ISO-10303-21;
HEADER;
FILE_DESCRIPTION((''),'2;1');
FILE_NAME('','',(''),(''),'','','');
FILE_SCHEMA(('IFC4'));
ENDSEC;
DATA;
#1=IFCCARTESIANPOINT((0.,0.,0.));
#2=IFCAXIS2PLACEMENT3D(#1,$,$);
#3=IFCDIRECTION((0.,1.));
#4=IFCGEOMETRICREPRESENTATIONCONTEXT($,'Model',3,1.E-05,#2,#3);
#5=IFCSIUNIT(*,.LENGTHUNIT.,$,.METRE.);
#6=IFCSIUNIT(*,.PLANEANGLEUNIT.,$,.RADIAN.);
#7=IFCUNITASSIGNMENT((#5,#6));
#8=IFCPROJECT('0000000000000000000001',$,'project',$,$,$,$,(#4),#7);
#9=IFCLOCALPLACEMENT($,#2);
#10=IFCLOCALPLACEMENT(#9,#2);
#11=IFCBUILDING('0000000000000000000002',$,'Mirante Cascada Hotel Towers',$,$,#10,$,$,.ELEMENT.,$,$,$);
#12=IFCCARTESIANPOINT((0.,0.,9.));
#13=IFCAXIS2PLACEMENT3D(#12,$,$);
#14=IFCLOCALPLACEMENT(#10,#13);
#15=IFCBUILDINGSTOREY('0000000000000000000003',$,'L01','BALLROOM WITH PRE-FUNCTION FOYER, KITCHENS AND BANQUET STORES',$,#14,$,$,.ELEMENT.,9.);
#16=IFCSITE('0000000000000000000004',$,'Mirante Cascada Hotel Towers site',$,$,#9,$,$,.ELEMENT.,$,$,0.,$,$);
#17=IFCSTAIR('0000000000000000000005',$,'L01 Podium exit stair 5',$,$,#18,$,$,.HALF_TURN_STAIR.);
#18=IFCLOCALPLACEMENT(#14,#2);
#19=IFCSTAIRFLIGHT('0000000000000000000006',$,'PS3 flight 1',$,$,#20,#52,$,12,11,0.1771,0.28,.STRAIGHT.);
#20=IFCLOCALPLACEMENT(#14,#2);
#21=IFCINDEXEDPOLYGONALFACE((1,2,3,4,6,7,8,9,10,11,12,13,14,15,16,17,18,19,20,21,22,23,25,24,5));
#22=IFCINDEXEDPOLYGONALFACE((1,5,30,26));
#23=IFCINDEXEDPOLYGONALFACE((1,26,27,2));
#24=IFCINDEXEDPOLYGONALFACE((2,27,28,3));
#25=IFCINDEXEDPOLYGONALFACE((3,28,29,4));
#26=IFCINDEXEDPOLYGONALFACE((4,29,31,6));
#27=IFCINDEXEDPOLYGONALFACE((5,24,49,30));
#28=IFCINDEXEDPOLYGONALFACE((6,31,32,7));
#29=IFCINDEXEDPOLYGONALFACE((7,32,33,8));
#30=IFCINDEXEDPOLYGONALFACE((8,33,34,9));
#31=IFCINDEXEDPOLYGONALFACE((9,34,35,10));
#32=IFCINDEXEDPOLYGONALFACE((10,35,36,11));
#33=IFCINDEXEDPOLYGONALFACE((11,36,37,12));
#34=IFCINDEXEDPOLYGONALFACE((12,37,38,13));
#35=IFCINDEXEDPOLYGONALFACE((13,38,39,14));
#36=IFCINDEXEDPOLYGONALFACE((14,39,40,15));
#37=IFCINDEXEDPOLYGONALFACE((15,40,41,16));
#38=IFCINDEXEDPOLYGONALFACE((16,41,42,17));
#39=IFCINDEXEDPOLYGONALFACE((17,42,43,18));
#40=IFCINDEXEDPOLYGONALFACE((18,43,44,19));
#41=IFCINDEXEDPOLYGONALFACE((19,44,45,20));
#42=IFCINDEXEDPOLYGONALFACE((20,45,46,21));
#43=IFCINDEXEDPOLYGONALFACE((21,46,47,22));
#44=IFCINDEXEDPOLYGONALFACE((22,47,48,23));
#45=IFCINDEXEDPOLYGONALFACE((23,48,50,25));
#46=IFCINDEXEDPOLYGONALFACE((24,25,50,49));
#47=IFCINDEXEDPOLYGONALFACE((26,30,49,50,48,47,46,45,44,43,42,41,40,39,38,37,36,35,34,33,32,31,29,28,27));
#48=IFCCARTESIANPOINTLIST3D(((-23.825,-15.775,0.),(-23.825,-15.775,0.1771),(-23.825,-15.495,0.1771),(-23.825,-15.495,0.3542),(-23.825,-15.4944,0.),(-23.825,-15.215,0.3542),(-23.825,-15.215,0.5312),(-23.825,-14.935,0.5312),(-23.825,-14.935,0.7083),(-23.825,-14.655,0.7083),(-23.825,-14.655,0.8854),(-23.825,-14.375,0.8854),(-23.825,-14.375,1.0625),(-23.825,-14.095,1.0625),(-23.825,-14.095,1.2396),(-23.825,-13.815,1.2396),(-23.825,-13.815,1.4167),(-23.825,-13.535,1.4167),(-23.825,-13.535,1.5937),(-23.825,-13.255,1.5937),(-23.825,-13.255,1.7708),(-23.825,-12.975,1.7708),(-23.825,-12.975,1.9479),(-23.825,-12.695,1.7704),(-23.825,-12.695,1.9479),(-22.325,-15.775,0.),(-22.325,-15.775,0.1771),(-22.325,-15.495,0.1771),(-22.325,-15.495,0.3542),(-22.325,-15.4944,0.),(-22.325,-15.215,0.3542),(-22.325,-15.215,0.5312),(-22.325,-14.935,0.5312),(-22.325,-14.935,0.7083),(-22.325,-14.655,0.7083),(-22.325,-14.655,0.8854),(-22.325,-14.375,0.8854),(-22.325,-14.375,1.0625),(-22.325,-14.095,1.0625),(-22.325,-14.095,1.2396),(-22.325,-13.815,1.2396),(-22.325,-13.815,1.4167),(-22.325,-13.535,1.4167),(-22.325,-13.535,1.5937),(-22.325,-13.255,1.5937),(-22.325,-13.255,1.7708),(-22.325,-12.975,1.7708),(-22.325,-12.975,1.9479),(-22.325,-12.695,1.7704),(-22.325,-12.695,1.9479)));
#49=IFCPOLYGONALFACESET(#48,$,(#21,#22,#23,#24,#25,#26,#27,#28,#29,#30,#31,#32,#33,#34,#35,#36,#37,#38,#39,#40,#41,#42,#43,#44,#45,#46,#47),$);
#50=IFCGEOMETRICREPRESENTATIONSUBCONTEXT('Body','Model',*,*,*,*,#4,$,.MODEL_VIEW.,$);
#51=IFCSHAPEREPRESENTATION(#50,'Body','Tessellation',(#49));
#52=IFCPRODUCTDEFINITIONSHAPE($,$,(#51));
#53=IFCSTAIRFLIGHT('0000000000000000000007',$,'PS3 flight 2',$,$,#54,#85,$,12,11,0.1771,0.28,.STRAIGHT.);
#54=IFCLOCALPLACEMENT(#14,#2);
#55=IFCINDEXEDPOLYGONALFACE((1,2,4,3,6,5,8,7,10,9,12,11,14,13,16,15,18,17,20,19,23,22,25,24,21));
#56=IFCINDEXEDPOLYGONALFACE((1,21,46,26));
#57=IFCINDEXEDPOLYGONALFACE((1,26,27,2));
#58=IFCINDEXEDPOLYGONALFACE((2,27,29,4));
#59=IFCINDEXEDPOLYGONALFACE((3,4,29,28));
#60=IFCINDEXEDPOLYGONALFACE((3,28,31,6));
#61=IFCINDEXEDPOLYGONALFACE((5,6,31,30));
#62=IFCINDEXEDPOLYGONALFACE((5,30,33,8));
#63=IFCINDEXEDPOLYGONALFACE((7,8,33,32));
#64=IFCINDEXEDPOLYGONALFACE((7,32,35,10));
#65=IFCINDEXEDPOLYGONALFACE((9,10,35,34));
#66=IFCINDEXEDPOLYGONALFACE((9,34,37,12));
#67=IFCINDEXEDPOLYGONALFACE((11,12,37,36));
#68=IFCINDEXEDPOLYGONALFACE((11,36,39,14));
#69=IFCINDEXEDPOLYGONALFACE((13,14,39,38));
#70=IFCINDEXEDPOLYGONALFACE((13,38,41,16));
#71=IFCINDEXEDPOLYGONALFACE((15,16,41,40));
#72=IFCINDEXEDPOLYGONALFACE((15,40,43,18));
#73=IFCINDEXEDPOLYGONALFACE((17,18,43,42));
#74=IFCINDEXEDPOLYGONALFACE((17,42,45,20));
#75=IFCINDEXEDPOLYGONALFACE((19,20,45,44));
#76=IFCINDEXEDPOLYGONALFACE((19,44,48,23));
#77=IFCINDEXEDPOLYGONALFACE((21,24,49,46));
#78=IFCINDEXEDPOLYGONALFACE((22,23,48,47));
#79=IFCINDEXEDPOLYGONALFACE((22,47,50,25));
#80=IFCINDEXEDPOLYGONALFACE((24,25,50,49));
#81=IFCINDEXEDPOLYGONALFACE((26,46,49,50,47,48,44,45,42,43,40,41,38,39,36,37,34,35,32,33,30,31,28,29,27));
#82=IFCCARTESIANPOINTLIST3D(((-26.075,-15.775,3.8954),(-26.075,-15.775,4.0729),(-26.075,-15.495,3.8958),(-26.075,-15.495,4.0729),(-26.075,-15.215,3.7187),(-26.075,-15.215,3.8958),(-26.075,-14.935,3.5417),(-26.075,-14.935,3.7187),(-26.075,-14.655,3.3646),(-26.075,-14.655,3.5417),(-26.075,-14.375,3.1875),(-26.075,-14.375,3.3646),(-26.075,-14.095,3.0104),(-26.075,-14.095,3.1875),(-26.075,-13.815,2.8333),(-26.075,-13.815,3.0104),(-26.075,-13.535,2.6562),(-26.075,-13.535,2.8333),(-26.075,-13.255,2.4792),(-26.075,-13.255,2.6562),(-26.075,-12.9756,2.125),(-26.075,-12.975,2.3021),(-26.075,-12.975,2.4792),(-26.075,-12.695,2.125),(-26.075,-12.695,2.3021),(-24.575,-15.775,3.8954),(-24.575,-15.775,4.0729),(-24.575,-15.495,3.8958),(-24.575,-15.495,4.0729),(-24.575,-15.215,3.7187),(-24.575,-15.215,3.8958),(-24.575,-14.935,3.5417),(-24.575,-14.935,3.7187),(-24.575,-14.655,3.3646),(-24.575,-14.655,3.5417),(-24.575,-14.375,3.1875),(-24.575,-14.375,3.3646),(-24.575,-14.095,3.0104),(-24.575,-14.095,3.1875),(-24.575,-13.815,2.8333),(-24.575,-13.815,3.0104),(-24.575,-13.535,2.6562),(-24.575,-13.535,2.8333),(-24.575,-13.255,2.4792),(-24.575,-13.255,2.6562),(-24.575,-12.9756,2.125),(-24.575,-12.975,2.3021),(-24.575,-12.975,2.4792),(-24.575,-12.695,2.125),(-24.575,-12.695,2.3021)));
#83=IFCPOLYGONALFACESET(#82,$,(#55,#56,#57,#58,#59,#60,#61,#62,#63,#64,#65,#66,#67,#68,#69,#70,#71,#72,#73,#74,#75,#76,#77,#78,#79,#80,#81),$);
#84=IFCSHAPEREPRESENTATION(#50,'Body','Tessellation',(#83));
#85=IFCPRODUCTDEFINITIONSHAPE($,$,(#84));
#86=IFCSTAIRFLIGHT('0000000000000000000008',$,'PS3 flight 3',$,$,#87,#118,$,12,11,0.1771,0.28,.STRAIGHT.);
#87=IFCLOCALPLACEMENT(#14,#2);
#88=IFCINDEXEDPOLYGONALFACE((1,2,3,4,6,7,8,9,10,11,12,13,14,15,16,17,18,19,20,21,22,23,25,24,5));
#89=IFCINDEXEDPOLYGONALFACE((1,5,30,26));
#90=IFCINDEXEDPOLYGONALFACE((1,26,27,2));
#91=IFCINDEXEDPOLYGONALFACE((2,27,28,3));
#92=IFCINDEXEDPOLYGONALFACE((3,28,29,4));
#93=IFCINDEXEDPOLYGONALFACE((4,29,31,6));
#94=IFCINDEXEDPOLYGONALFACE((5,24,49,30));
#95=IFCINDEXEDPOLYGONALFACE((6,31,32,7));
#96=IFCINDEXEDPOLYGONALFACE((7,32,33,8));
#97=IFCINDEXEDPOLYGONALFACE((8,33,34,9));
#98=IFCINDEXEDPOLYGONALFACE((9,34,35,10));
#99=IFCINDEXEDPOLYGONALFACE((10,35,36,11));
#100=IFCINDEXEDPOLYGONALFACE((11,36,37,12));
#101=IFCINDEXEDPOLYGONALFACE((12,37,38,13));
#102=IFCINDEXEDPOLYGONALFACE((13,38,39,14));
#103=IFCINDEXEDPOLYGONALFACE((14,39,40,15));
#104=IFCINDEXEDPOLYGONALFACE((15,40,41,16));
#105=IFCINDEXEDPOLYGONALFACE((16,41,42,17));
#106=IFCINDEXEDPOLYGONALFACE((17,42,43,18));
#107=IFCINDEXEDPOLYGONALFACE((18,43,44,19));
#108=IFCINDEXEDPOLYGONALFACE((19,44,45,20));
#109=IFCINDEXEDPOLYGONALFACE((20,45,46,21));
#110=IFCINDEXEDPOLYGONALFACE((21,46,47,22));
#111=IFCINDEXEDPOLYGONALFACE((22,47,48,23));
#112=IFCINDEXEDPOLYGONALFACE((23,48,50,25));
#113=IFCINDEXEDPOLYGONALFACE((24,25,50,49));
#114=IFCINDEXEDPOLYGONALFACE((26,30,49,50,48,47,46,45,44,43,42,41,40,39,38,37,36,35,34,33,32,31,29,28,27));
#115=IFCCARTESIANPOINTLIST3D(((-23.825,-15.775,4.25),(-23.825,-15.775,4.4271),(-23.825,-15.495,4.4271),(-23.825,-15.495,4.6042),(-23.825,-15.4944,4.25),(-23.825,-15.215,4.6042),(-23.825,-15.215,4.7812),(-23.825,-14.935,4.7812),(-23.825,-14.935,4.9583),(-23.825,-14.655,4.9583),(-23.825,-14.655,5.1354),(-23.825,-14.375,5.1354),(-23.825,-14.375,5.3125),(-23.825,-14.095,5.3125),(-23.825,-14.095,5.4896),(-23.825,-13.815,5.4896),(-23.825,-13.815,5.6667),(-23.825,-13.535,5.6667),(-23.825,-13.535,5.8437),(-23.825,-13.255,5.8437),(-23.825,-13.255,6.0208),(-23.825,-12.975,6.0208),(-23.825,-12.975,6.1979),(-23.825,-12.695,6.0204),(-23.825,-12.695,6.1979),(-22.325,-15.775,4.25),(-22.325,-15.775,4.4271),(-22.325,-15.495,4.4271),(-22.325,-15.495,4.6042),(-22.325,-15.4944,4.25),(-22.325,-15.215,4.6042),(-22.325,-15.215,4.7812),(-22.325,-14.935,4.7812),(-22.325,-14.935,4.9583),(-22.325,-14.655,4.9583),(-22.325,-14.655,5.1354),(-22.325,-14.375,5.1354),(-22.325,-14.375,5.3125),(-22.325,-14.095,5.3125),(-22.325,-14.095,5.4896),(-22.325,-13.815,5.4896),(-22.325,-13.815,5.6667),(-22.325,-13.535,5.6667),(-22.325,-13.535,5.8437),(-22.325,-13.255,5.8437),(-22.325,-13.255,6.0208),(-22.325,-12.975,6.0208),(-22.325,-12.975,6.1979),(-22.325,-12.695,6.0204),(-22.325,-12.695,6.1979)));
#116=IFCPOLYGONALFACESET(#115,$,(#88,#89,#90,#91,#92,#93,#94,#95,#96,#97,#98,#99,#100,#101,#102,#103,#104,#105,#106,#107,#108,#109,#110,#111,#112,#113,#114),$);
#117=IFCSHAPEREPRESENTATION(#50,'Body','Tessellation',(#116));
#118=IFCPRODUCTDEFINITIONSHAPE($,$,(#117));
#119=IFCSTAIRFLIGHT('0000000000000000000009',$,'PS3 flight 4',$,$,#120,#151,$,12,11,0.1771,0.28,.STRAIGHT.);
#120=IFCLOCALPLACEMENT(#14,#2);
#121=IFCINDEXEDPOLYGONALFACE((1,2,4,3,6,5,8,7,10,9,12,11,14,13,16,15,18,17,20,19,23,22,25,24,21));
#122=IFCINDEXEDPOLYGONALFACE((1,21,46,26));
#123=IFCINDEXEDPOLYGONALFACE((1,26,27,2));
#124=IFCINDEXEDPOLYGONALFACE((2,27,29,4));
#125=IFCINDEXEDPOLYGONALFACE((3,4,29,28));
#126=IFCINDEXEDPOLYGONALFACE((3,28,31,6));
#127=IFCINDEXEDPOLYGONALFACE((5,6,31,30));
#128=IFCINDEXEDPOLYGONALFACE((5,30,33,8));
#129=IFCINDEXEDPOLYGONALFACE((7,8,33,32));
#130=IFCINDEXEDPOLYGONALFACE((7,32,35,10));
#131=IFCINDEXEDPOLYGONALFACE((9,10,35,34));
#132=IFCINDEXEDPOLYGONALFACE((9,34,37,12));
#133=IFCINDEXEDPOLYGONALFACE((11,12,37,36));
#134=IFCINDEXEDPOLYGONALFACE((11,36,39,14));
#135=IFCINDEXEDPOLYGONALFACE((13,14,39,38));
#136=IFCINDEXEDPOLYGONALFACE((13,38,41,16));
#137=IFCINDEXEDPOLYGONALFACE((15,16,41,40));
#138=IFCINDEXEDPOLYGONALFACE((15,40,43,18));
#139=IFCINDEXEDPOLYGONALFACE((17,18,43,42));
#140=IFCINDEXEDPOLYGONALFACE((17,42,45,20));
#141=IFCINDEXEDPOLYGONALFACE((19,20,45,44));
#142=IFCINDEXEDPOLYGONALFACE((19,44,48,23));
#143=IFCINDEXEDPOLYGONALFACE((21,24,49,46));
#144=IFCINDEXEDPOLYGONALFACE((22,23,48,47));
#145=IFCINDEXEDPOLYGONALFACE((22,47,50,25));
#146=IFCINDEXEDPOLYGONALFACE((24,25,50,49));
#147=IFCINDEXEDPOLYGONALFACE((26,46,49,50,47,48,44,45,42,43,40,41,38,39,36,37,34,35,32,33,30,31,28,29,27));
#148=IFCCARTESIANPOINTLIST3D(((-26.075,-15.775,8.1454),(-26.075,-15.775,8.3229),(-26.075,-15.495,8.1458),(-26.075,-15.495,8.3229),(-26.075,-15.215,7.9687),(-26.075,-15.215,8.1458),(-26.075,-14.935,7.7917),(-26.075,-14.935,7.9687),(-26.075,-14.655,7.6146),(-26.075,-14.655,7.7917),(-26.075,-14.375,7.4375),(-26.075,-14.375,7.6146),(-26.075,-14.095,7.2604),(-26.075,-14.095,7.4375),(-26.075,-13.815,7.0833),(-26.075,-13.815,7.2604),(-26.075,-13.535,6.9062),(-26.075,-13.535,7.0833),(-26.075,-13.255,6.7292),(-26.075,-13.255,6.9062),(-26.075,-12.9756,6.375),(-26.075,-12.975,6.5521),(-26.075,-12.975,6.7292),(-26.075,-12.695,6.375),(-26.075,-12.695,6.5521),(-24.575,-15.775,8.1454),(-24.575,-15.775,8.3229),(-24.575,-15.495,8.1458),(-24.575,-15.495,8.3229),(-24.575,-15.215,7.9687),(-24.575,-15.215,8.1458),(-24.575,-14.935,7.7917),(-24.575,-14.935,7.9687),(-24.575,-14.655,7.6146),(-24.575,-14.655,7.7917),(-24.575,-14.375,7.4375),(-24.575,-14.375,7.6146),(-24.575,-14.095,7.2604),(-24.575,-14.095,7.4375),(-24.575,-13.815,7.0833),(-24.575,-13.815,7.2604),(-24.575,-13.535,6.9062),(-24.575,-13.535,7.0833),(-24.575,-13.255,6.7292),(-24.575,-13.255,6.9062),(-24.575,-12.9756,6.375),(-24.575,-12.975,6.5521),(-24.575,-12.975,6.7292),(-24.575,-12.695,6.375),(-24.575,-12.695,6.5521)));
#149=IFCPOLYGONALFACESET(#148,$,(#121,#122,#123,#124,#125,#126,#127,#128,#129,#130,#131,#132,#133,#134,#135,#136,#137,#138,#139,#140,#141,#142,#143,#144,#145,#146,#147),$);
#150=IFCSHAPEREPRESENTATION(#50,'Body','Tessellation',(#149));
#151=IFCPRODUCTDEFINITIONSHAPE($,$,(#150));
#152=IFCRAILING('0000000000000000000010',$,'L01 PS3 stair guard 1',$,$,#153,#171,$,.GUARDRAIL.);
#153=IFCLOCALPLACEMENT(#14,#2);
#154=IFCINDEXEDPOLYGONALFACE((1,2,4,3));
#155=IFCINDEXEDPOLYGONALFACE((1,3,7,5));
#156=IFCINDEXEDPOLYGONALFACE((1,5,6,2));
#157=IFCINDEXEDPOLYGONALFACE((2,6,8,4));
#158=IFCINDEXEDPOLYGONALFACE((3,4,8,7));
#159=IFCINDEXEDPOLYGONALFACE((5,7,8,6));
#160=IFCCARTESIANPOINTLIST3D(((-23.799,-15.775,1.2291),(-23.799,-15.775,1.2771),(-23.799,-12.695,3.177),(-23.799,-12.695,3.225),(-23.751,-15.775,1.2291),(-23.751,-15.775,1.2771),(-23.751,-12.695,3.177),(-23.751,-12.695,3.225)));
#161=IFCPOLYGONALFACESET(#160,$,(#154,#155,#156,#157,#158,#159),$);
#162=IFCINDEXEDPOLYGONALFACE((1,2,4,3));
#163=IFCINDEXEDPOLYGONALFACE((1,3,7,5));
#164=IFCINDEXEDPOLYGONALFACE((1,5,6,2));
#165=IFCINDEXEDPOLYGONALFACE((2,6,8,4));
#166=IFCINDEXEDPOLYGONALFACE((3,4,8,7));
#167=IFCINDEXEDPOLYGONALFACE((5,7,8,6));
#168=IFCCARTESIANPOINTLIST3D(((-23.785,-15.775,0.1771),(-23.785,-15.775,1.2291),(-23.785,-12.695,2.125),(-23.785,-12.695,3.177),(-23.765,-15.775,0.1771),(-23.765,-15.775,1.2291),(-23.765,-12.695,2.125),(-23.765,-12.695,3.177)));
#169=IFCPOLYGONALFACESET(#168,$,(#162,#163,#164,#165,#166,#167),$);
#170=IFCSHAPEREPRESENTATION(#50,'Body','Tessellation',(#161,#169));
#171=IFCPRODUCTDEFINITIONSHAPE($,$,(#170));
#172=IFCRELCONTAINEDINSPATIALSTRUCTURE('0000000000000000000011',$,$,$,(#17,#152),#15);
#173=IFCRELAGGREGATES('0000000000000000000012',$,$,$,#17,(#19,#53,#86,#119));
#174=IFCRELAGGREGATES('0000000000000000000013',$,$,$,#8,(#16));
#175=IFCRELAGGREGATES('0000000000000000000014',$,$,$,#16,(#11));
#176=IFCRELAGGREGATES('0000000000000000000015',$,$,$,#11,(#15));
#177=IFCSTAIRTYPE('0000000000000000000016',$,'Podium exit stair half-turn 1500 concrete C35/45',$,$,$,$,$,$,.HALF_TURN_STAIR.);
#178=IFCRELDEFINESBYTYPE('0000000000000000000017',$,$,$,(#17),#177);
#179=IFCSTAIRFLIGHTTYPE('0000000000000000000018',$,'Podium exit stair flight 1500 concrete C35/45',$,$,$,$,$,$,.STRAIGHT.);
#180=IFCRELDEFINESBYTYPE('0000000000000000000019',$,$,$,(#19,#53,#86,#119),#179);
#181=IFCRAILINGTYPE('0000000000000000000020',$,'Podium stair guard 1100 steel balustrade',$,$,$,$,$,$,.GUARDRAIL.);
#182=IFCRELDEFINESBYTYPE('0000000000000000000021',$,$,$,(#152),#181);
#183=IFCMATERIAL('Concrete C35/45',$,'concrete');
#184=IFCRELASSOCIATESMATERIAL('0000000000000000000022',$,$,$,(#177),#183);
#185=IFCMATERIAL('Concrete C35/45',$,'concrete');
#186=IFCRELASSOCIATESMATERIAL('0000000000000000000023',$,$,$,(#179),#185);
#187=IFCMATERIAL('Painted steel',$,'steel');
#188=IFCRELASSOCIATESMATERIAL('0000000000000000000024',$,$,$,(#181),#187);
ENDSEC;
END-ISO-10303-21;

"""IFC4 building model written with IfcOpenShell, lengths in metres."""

from ifc_helpers import new_model, si_unit, direction, frame, origin, origin_2d, place, context, subcontext, project, spatial, polyline, rectangle, outline, extrude, material, type_object, element, aggregate, save


model = new_model("IFC4")

# Units and contexts
model_context = context("Model", 3, precision=1e-05, world=origin(), true_north=direction((0.0, 1.0)))
body_context = subcontext(model_context, "Body", "Model", "MODEL_VIEW")
ifc_project = project(units=[si_unit("LENGTHUNIT", "METRE"), si_unit("PLANEANGLEUNIT", "RADIAN")], contexts=[model_context])

# Site, building, storey
site_placement = place(None, origin())
site = spatial("IfcSite", under=ifc_project, at=site_placement, Name="Mirante Cascada Hotel Towers site", CompositionType="ELEMENT", RefElevation=0.0)
building_placement = place(site_placement, origin())
building = spatial("IfcBuilding", under=site, at=building_placement, Name="Mirante Cascada Hotel Towers", CompositionType="ELEMENT")
storey_placement = place(building_placement, frame((0.0, 0.0, 9.0)))
storey = spatial("IfcBuildingStorey", under=building, at=storey_placement, Name="L01", Description="BALLROOM WITH PRE-FUNCTION FOYER, KITCHENS AND BANQUET STORES", CompositionType="ELEMENT", Elevation=9.0)

# Stair, stair flights
ifc_material_1 = material(Name="Concrete C35/45", Category="concrete")
stair_type = type_object("IfcStairType", Name="Podium exit stair half-turn 1500 concrete C35/45", PredefinedType="HALF_TURN_STAIR", material=ifc_material_1)
stair_placement = place(storey_placement, origin())
stair = element("IfcStair", 1, at=stair_placement, inside=storey, type_object=stair_type, Name="L01 Podium exit stair 5", PredefinedType="HALF_TURN_STAIR")
ifc_material_2 = material(Name="Concrete C35/45", Category="concrete")
stair_flight_type = type_object("IfcStairFlightType", Name="Podium exit stair flight 1500 concrete C35/45", PredefinedType="STRAIGHT", material=ifc_material_2)
stair_flight_1_placement = place(storey_placement, frame((-23.075, -15.775, 0.0), z_axis=(0.0, 0.0, 1.0), x_axis=(0.0, 1.0, 0.0)))
stair_flight_1 = element("IfcStairFlight", 2, at=stair_flight_1_placement, type_object=stair_flight_type, Name="PS3 flight 1", NumberOfRisers=12, NumberOfTreads=11, PredefinedType="STRAIGHT", RiserHeight=0.1771, TreadLength=0.28, context=body_context, shape_type="SweptSolid", body=[
    extrude(outline(polyline([(0.0, 0.0), (0.0, 0.1771), (0.28, 0.1771), (0.28, 0.3542), (0.56, 0.3542), (0.56, 0.5312), (0.84, 0.5312), (0.84, 0.7083), (1.12, 0.7083), (1.12, 0.8854), (1.4, 0.8854), (1.4, 1.0625), (1.68, 1.0625), (1.68, 1.2396), (1.96, 1.2396), (1.96, 1.4167), (2.24, 1.4167), (2.24, 1.5937), (2.52, 1.5937), (2.52, 1.7708), (2.8, 1.7708), (2.8, 1.9479), (3.08, 1.9479), (3.08, 2.125), (3.08, 1.7704), (0.2806, 0.0), (0.0, 0.0)])), frame((0.0, 0.75, 0.0), z_axis=(0.0, -1.0, 0.0), x_axis=(1.0, 0.0, 0.0)), (0.0, 0.0, 1.0), 1.5),
])
stair_flight_2_placement = place(storey_placement, frame((-25.325, -12.695, 2.125), z_axis=(0.0, 0.0, 1.0), x_axis=(0.0, -1.0, 0.0)))
stair_flight_2 = element("IfcStairFlight", 3, at=stair_flight_2_placement, type_object=stair_flight_type, Name="PS3 flight 2", NumberOfRisers=12, NumberOfTreads=11, PredefinedType="STRAIGHT", RiserHeight=0.1771, TreadLength=0.28, context=body_context, shape_type="SweptSolid", body=[
    extrude(outline(polyline([(0.0, 0.0), (0.0, 0.1771), (0.28, 0.1771), (0.28, 0.3542), (0.56, 0.3542), (0.56, 0.5312), (0.84, 0.5312), (0.84, 0.7083), (1.12, 0.7083), (1.12, 0.8854), (1.4, 0.8854), (1.4, 1.0625), (1.68, 1.0625), (1.68, 1.2396), (1.96, 1.2396), (1.96, 1.4167), (2.24, 1.4167), (2.24, 1.5937), (2.52, 1.5937), (2.52, 1.7708), (2.8, 1.7708), (2.8, 1.9479), (3.08, 1.9479), (3.08, 2.125), (3.08, 1.7704), (0.2806, 0.0), (0.0, 0.0)])), frame((0.0, 0.75, 0.0), z_axis=(0.0, -1.0, 0.0), x_axis=(1.0, 0.0, 0.0)), (0.0, 0.0, 1.0), 1.5),
])
stair_flight_3_placement = place(storey_placement, frame((-23.075, -15.775, 4.25), z_axis=(0.0, 0.0, 1.0), x_axis=(0.0, 1.0, 0.0)))
stair_flight_3 = element("IfcStairFlight", 4, at=stair_flight_3_placement, type_object=stair_flight_type, Name="PS3 flight 3", NumberOfRisers=12, NumberOfTreads=11, PredefinedType="STRAIGHT", RiserHeight=0.1771, TreadLength=0.28, context=body_context, shape_type="SweptSolid", body=[
    extrude(outline(polyline([(0.0, 0.0), (0.0, 0.1771), (0.28, 0.1771), (0.28, 0.3542), (0.56, 0.3542), (0.56, 0.5312), (0.84, 0.5312), (0.84, 0.7083), (1.12, 0.7083), (1.12, 0.8854), (1.4, 0.8854), (1.4, 1.0625), (1.68, 1.0625), (1.68, 1.2396), (1.96, 1.2396), (1.96, 1.4167), (2.24, 1.4167), (2.24, 1.5937), (2.52, 1.5937), (2.52, 1.7708), (2.8, 1.7708), (2.8, 1.9479), (3.08, 1.9479), (3.08, 2.125), (3.08, 1.7704), (0.2806, 0.0), (0.0, 0.0)])), frame((0.0, 0.75, 0.0), z_axis=(0.0, -1.0, 0.0), x_axis=(1.0, 0.0, 0.0)), (0.0, 0.0, 1.0), 1.5),
])
stair_flight_4_placement = place(storey_placement, frame((-25.325, -12.695, 6.375), z_axis=(0.0, 0.0, 1.0), x_axis=(0.0, -1.0, 0.0)))
stair_flight_4 = element("IfcStairFlight", 5, at=stair_flight_4_placement, type_object=stair_flight_type, Name="PS3 flight 4", NumberOfRisers=12, NumberOfTreads=11, PredefinedType="STRAIGHT", RiserHeight=0.1771, TreadLength=0.28, context=body_context, shape_type="SweptSolid", body=[
    extrude(outline(polyline([(0.0, 0.0), (0.0, 0.1771), (0.28, 0.1771), (0.28, 0.3542), (0.56, 0.3542), (0.56, 0.5312), (0.84, 0.5312), (0.84, 0.7083), (1.12, 0.7083), (1.12, 0.8854), (1.4, 0.8854), (1.4, 1.0625), (1.68, 1.0625), (1.68, 1.2396), (1.96, 1.2396), (1.96, 1.4167), (2.24, 1.4167), (2.24, 1.5937), (2.52, 1.5937), (2.52, 1.7708), (2.8, 1.7708), (2.8, 1.9479), (3.08, 1.9479), (3.08, 2.125), (3.08, 1.7704), (0.2806, 0.0), (0.0, 0.0)])), frame((0.0, 0.75, 0.0), z_axis=(0.0, -1.0, 0.0), x_axis=(1.0, 0.0, 0.0)), (0.0, 0.0, 1.0), 1.5),
])
aggregate(stair, [stair_flight_1, stair_flight_2, stair_flight_3, stair_flight_4])

# Railing
ifc_material_3 = material(Name="Painted steel", Category="steel")
railing_type_1 = type_object("IfcRailingType", Name="Podium stair guard 1100 steel balustrade", PredefinedType="GUARDRAIL", material=ifc_material_3)
railing_1_placement = place(storey_placement, frame((-23.775, -15.775, 0.1771)))
element("IfcRailing", 6, at=railing_1_placement, inside=storey, type_object=railing_type_1, Name="L01 PS3 stair guard 1", PredefinedType="GUARDRAIL", context=body_context, shape_type="SweptSolid", body=[
    extrude(rectangle(XDim=0.048, YDim=0.048, at=origin_2d()), frame((0.0, 0.0, 1.076), z_axis=(0.0, 1.0, 0.0), x_axis=(-1.0, 0.0, 0.0)), (0.0, 0.53451, 0.845162), 3.6443),
    extrude(rectangle(XDim=0.02, YDim=1.052, at=origin_2d()), frame((0.0, 0.0, 0.526), z_axis=(0.0, 1.0, 0.0), x_axis=(-1.0, 0.0, 0.0)), (0.0, 0.53451, 0.845162), 3.6443),
])

save(model, "model.ifc")
